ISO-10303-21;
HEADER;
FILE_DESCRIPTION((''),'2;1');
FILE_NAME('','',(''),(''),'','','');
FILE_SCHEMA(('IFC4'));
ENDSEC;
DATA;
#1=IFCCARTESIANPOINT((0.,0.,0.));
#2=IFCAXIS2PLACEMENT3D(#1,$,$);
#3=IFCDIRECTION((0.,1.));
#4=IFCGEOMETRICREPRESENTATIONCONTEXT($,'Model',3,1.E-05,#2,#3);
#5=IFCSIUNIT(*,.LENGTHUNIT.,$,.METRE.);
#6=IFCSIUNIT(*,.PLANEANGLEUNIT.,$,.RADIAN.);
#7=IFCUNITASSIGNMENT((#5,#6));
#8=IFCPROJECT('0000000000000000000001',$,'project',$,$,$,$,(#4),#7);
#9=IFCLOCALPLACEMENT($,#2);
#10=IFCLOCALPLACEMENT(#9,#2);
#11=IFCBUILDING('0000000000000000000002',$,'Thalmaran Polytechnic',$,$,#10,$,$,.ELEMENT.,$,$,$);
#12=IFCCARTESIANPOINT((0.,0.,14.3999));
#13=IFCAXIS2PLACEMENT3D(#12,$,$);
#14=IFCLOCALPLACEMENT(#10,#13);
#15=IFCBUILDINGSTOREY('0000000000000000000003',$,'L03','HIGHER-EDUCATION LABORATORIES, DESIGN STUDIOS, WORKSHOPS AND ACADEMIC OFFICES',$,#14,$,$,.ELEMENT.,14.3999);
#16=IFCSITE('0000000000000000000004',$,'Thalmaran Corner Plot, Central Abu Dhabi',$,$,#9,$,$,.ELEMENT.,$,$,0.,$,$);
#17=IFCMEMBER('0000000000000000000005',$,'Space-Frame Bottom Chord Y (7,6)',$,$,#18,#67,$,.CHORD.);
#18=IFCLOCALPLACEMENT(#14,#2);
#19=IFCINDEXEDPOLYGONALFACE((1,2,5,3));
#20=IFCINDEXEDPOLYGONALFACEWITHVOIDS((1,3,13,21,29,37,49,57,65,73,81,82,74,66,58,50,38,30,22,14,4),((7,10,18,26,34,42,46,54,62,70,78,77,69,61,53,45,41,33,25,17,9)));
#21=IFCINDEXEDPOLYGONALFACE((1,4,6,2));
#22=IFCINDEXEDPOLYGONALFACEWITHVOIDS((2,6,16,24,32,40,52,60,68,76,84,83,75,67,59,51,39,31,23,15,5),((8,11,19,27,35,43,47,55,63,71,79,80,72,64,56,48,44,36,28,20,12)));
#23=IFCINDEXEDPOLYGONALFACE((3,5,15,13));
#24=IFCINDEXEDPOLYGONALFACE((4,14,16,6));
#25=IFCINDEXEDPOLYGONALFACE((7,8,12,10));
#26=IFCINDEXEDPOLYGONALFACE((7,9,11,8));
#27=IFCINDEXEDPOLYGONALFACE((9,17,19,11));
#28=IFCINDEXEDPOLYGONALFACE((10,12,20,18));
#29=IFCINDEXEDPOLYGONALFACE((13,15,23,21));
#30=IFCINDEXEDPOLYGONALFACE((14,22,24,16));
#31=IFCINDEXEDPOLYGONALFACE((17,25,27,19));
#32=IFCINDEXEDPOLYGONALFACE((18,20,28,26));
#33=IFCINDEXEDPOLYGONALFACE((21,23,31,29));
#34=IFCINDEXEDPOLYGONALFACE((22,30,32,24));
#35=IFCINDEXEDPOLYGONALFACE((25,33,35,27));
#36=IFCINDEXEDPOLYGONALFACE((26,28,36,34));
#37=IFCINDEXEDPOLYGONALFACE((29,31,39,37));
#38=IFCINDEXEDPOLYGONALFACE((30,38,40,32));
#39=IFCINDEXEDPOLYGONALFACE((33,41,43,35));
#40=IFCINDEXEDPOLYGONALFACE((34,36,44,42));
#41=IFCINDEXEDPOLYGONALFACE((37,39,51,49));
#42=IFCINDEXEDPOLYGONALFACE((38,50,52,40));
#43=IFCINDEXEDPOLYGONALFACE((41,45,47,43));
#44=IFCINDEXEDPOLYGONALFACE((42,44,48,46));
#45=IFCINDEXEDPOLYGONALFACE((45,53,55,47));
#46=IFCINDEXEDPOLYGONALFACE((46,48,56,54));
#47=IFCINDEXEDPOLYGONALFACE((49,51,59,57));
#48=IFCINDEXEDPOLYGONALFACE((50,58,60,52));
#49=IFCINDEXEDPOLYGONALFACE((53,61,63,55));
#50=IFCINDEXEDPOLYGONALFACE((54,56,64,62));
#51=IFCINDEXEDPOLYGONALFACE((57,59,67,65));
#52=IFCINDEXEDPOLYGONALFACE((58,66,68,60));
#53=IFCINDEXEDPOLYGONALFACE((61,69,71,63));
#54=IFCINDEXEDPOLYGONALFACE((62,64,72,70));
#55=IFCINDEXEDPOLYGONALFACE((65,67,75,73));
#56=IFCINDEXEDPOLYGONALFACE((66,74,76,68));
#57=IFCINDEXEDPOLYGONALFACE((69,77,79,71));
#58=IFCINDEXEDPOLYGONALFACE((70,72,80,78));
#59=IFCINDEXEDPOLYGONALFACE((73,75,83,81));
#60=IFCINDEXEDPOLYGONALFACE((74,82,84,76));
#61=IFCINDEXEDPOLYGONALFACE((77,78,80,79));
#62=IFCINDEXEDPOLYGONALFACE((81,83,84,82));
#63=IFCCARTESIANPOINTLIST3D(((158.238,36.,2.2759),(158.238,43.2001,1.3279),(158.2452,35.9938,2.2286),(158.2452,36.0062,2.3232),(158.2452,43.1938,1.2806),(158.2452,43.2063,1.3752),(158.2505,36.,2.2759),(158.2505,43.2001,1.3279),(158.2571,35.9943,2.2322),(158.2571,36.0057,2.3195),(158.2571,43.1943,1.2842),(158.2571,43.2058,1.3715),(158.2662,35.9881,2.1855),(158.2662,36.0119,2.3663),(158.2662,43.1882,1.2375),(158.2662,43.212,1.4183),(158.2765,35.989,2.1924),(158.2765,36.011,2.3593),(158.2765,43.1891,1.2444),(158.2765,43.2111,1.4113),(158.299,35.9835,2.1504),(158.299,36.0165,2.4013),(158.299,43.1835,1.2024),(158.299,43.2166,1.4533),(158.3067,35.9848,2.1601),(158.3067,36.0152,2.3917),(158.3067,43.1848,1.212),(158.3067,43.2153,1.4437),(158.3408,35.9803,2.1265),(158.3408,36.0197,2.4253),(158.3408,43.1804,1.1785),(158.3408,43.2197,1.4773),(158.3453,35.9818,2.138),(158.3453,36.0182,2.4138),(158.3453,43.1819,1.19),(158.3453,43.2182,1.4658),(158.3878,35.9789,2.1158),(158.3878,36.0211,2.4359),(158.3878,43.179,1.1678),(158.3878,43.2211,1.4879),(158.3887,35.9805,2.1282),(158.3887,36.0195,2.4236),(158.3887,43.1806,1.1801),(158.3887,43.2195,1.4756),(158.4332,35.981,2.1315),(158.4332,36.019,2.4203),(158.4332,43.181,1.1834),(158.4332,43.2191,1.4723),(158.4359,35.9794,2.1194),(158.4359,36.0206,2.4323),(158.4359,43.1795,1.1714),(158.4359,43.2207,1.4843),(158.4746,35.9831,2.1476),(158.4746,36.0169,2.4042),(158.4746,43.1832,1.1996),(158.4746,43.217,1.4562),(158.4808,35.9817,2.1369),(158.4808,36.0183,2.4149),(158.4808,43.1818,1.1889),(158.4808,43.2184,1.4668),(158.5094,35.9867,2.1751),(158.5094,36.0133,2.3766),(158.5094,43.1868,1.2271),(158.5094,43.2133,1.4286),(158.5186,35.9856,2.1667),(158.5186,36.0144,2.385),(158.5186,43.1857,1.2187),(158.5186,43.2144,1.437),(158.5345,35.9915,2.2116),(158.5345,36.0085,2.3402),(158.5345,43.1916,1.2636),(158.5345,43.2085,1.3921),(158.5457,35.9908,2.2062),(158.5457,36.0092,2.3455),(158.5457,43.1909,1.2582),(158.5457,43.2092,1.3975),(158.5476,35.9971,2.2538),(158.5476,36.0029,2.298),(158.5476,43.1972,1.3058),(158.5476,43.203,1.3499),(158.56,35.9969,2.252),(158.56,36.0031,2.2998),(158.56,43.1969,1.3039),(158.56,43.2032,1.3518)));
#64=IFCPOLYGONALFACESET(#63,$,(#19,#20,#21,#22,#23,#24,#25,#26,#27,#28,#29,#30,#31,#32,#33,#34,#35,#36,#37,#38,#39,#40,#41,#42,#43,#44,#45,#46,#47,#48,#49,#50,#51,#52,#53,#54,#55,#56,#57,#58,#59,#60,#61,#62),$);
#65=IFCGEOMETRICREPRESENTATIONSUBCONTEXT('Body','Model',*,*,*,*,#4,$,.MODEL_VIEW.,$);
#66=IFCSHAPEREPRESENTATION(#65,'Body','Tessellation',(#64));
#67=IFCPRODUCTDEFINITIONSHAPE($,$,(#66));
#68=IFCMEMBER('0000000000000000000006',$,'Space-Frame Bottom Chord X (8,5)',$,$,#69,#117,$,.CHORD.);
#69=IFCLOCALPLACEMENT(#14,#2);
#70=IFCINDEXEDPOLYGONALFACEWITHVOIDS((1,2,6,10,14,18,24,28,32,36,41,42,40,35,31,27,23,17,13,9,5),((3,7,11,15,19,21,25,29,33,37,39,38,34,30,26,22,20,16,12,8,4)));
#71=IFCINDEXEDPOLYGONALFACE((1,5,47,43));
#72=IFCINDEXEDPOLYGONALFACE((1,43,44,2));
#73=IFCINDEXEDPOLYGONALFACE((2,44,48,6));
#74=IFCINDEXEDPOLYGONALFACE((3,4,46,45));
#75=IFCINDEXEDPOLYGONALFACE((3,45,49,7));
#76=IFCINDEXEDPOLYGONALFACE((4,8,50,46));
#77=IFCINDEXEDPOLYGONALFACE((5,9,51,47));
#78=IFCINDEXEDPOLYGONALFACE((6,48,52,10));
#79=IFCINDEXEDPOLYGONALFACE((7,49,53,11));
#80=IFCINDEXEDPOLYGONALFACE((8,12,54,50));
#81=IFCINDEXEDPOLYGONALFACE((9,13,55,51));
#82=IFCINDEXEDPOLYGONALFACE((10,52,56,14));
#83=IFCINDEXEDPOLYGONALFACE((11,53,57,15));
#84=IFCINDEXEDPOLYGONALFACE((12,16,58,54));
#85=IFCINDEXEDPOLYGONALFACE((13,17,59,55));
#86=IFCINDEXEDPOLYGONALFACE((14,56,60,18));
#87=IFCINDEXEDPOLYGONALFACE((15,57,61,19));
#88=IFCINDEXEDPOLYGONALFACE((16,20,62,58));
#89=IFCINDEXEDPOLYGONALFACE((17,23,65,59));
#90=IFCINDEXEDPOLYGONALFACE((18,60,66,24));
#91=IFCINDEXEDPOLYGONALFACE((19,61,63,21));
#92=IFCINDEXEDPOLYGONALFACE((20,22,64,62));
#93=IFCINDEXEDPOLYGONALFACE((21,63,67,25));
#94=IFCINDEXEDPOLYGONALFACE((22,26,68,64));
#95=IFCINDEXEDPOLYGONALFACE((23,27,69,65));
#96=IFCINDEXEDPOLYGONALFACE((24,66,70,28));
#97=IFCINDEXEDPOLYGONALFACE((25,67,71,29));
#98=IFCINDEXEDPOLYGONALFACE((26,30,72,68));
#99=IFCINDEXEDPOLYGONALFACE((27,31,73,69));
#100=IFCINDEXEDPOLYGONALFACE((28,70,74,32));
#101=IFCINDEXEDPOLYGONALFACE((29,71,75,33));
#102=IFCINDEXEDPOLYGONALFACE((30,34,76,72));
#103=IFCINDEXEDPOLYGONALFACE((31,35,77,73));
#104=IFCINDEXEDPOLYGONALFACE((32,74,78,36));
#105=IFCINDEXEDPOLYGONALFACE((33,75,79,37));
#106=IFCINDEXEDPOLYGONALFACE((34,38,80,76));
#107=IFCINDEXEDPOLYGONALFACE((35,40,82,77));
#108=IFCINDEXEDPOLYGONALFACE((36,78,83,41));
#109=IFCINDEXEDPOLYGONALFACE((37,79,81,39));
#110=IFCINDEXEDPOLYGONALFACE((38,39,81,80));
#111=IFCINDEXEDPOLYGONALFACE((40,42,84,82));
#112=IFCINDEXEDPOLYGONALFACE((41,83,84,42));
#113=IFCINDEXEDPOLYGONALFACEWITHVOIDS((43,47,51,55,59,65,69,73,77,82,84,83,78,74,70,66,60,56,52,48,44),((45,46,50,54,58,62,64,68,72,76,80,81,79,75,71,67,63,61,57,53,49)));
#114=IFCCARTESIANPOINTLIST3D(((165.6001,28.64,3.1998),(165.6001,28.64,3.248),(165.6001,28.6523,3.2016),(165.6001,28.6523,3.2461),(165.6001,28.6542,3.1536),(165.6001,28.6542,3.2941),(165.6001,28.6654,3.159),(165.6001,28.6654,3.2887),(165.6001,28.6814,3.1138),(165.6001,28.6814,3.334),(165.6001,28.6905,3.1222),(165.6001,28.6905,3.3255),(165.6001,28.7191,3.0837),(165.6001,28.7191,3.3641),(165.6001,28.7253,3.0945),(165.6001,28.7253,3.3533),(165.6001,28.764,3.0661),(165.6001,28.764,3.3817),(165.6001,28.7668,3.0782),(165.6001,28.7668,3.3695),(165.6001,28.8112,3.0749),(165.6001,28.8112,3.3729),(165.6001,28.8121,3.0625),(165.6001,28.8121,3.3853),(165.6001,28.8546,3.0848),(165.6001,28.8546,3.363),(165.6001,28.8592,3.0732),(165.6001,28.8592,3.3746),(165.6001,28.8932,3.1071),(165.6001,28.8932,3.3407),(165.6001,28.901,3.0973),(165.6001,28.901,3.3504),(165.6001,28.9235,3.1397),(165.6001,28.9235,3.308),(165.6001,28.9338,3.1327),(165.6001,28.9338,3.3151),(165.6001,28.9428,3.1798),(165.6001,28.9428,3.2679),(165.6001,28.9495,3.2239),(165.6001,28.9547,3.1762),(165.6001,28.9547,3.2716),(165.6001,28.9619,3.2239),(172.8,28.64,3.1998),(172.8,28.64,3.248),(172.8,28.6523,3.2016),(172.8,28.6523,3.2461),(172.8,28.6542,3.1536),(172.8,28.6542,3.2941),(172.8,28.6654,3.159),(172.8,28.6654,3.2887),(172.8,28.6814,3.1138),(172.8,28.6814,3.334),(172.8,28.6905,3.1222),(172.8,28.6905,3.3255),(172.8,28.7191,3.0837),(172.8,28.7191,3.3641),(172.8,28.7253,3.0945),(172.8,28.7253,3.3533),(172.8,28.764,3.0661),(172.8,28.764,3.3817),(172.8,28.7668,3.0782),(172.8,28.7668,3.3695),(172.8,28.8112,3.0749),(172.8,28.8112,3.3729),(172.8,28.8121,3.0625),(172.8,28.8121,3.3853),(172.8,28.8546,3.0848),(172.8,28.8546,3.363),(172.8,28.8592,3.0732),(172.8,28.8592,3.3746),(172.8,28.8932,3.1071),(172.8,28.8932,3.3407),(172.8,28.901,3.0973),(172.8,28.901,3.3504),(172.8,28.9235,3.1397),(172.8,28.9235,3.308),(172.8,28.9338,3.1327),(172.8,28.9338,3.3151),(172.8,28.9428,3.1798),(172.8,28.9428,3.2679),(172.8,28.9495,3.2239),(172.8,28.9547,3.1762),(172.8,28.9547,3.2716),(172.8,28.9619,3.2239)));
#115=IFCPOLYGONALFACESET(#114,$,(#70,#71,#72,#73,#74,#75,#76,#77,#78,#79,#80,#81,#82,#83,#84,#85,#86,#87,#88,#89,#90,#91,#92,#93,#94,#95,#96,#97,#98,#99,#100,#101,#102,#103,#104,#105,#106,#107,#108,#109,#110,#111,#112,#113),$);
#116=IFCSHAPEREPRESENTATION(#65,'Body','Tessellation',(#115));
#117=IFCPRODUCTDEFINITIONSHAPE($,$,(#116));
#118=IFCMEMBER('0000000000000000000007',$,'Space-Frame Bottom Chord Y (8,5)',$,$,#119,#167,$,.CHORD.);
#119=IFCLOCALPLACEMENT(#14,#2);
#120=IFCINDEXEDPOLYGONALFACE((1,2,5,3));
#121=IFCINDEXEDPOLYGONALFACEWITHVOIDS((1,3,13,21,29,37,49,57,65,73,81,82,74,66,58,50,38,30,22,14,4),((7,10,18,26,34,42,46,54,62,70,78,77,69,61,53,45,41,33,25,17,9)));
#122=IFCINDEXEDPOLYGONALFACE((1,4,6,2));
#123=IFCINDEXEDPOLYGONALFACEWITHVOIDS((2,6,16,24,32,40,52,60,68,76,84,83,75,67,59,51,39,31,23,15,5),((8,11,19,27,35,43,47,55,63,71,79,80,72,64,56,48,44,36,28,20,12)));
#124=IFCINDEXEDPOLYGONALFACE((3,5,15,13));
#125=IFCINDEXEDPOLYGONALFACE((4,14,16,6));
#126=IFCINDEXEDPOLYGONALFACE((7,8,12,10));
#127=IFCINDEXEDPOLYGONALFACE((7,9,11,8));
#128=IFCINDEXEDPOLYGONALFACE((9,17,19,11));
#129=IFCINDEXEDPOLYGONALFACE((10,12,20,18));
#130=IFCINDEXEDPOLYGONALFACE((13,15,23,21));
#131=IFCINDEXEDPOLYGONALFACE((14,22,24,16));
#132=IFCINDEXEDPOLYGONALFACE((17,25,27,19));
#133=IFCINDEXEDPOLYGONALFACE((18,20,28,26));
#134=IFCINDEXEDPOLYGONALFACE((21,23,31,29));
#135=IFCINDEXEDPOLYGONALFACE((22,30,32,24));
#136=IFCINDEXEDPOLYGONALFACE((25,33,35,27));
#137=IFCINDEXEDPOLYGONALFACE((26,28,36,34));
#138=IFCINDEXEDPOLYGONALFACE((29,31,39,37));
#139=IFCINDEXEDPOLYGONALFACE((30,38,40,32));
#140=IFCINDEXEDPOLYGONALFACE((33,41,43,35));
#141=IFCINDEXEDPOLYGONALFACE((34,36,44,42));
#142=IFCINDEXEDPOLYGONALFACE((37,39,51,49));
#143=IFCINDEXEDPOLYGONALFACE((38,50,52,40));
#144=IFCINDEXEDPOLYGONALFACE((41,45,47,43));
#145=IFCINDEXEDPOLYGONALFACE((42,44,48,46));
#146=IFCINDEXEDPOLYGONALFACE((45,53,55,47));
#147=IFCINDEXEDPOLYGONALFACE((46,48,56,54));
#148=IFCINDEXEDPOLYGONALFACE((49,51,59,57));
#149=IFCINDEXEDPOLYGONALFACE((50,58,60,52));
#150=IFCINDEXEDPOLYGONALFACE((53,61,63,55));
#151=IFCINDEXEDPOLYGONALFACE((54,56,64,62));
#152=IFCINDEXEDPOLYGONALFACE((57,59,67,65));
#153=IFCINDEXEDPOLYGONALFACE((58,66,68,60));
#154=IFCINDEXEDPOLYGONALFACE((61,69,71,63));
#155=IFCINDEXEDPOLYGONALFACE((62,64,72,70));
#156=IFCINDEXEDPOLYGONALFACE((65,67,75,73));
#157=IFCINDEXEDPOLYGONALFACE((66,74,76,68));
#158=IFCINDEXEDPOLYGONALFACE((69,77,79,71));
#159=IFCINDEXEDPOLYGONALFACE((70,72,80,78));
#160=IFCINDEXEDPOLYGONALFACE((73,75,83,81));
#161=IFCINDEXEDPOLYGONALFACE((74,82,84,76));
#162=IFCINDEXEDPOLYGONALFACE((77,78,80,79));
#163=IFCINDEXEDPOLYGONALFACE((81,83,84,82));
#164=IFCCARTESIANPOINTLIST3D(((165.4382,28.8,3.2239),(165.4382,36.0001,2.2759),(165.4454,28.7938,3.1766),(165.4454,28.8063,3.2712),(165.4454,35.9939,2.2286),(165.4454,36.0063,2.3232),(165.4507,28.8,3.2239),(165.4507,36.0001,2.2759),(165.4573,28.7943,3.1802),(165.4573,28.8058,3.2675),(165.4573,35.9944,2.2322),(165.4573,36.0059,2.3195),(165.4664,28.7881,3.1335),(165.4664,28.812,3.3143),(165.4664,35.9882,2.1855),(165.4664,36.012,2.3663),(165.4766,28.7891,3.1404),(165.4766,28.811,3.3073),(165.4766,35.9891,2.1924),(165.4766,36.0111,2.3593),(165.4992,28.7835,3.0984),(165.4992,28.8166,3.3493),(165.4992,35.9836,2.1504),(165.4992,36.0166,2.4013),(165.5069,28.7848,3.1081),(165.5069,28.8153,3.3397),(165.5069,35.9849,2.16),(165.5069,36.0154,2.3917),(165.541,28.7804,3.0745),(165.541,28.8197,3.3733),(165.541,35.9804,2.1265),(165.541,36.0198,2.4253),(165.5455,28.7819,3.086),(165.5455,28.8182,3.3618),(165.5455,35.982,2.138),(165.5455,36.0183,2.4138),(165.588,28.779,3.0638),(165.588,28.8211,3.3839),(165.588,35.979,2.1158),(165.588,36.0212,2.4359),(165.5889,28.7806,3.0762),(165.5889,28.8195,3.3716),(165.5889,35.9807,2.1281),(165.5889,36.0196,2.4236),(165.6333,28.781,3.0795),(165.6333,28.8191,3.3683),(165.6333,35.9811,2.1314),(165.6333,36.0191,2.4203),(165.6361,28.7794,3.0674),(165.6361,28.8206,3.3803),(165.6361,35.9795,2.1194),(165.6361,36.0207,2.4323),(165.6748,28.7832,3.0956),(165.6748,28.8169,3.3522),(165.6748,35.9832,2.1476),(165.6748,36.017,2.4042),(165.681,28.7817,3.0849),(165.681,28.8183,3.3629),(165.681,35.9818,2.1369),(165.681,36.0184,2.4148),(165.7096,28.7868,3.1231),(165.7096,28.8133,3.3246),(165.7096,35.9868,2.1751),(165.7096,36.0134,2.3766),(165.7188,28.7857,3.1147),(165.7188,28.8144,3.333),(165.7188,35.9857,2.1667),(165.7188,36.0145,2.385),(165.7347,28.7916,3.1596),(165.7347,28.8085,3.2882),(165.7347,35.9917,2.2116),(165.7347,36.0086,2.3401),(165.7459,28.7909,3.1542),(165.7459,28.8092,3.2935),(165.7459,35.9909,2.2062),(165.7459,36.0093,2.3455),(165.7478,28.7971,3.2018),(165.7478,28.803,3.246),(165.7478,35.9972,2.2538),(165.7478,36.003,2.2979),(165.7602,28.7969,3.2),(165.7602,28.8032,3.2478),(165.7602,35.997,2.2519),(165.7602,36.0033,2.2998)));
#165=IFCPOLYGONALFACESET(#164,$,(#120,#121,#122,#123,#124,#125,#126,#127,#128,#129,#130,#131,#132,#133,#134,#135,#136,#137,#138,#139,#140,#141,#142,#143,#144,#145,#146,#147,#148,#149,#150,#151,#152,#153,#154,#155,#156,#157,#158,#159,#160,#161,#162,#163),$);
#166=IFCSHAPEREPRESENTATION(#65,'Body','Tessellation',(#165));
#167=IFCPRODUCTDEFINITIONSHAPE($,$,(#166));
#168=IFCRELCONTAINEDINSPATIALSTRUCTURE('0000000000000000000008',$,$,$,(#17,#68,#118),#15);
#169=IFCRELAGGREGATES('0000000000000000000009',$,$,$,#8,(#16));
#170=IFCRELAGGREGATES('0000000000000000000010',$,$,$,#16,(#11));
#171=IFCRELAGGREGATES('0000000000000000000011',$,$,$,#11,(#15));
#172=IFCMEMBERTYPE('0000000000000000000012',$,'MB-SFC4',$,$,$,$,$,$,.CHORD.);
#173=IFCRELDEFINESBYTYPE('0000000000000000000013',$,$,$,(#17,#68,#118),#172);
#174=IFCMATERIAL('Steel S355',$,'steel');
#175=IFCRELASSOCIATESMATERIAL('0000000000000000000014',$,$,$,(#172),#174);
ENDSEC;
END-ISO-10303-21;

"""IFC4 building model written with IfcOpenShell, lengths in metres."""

from ifc_helpers import new_model, si_unit, direction, frame, origin, origin_2d, place, context, subcontext, project, spatial, hollow_circle, extrude, material, material_profile, profile_set, type_object, element, save


model = new_model("IFC4")

# Units and contexts
model_context = context("Model", 3, precision=1e-05, world=origin(), true_north=direction((0.0, 1.0)))
body_context = subcontext(model_context, "Body", "Model", "MODEL_VIEW")
ifc_project = project(units=[si_unit("LENGTHUNIT", "METRE"), si_unit("PLANEANGLEUNIT", "RADIAN")], contexts=[model_context])

# Site, building, storey
site_placement = place(None, origin())
site = spatial("IfcSite", under=ifc_project, at=site_placement, Name="Thalmaran Corner Plot, Central Abu Dhabi", CompositionType="ELEMENT", RefElevation=0.0)
building_placement = place(site_placement, origin())
building = spatial("IfcBuilding", under=site, at=building_placement, Name="Thalmaran Polytechnic", CompositionType="ELEMENT")
storey_placement = place(building_placement, frame((0.0, 0.0, 14.3999)))
storey = spatial("IfcBuildingStorey", under=building, at=storey_placement, Name="L03", Description="HIGHER-EDUCATION LABORATORIES, DESIGN STUDIOS, WORKSHOPS AND ACADEMIC OFFICES", CompositionType="ELEMENT", Elevation=14.3999)

# Members
ifc_material = material(Name="Steel S355", Category="steel")
ifc_material_profile_1 = material_profile(ifc_material, hollow_circle(Radius=0.1619, WallThickness=0.0125, at=origin_2d()), Name="CHS 323.9x12.5")
ifc_profile_set_1 = profile_set([ifc_material_profile_1], Name="Steel S355")
member_type_1 = type_object("IfcMemberType", Name="MB-SFC4", PredefinedType="CHORD", material=ifc_profile_set_1)
member_1_placement = place(storey_placement, frame((158.3999, 36.0, 2.2759), z_axis=(0.0, 0.991443, -0.130541), x_axis=(-1.0, 0.0, 0.0)))
element("IfcMember", 1, at=member_1_placement, inside=storey, type_object=member_type_1, Name="Space-Frame Bottom Chord Y (7,6)", PredefinedType="CHORD", context=body_context, shape_type="SweptSolid", body=[
    extrude(hollow_circle(Radius=0.1619, WallThickness=0.0125, at=origin_2d()), origin(), (0.0, 0.0, 1.0), 7.2622),
])
member_2_placement = place(storey_placement, frame((165.6001, 28.8, 3.2239), z_axis=(1.0, 0.0, 0.0), x_axis=(0.0, 1.0, 0.0)))
element("IfcMember", 2, at=member_2_placement, inside=storey, type_object=member_type_1, Name="Space-Frame Bottom Chord X (8,5)", PredefinedType="CHORD", context=body_context, shape_type="SweptSolid", body=[
    extrude(hollow_circle(Radius=0.1619, WallThickness=0.0125, at=origin_2d()), origin(), (0.0, 0.0, 1.0), 7.2),
])
member_3_placement = place(storey_placement, frame((165.6001, 28.8, 3.2239), z_axis=(0.0, 0.991443, -0.130541), x_axis=(-1.0, 0.0, 0.0)))
element("IfcMember", 3, at=member_3_placement, inside=storey, type_object=member_type_1, Name="Space-Frame Bottom Chord Y (8,5)", PredefinedType="CHORD", context=body_context, shape_type="SweptSolid", body=[
    extrude(hollow_circle(Radius=0.1619, WallThickness=0.0125, at=origin_2d()), origin(), (0.0, 0.0, 1.0), 7.2622),
])

save(model, "model.ifc")
